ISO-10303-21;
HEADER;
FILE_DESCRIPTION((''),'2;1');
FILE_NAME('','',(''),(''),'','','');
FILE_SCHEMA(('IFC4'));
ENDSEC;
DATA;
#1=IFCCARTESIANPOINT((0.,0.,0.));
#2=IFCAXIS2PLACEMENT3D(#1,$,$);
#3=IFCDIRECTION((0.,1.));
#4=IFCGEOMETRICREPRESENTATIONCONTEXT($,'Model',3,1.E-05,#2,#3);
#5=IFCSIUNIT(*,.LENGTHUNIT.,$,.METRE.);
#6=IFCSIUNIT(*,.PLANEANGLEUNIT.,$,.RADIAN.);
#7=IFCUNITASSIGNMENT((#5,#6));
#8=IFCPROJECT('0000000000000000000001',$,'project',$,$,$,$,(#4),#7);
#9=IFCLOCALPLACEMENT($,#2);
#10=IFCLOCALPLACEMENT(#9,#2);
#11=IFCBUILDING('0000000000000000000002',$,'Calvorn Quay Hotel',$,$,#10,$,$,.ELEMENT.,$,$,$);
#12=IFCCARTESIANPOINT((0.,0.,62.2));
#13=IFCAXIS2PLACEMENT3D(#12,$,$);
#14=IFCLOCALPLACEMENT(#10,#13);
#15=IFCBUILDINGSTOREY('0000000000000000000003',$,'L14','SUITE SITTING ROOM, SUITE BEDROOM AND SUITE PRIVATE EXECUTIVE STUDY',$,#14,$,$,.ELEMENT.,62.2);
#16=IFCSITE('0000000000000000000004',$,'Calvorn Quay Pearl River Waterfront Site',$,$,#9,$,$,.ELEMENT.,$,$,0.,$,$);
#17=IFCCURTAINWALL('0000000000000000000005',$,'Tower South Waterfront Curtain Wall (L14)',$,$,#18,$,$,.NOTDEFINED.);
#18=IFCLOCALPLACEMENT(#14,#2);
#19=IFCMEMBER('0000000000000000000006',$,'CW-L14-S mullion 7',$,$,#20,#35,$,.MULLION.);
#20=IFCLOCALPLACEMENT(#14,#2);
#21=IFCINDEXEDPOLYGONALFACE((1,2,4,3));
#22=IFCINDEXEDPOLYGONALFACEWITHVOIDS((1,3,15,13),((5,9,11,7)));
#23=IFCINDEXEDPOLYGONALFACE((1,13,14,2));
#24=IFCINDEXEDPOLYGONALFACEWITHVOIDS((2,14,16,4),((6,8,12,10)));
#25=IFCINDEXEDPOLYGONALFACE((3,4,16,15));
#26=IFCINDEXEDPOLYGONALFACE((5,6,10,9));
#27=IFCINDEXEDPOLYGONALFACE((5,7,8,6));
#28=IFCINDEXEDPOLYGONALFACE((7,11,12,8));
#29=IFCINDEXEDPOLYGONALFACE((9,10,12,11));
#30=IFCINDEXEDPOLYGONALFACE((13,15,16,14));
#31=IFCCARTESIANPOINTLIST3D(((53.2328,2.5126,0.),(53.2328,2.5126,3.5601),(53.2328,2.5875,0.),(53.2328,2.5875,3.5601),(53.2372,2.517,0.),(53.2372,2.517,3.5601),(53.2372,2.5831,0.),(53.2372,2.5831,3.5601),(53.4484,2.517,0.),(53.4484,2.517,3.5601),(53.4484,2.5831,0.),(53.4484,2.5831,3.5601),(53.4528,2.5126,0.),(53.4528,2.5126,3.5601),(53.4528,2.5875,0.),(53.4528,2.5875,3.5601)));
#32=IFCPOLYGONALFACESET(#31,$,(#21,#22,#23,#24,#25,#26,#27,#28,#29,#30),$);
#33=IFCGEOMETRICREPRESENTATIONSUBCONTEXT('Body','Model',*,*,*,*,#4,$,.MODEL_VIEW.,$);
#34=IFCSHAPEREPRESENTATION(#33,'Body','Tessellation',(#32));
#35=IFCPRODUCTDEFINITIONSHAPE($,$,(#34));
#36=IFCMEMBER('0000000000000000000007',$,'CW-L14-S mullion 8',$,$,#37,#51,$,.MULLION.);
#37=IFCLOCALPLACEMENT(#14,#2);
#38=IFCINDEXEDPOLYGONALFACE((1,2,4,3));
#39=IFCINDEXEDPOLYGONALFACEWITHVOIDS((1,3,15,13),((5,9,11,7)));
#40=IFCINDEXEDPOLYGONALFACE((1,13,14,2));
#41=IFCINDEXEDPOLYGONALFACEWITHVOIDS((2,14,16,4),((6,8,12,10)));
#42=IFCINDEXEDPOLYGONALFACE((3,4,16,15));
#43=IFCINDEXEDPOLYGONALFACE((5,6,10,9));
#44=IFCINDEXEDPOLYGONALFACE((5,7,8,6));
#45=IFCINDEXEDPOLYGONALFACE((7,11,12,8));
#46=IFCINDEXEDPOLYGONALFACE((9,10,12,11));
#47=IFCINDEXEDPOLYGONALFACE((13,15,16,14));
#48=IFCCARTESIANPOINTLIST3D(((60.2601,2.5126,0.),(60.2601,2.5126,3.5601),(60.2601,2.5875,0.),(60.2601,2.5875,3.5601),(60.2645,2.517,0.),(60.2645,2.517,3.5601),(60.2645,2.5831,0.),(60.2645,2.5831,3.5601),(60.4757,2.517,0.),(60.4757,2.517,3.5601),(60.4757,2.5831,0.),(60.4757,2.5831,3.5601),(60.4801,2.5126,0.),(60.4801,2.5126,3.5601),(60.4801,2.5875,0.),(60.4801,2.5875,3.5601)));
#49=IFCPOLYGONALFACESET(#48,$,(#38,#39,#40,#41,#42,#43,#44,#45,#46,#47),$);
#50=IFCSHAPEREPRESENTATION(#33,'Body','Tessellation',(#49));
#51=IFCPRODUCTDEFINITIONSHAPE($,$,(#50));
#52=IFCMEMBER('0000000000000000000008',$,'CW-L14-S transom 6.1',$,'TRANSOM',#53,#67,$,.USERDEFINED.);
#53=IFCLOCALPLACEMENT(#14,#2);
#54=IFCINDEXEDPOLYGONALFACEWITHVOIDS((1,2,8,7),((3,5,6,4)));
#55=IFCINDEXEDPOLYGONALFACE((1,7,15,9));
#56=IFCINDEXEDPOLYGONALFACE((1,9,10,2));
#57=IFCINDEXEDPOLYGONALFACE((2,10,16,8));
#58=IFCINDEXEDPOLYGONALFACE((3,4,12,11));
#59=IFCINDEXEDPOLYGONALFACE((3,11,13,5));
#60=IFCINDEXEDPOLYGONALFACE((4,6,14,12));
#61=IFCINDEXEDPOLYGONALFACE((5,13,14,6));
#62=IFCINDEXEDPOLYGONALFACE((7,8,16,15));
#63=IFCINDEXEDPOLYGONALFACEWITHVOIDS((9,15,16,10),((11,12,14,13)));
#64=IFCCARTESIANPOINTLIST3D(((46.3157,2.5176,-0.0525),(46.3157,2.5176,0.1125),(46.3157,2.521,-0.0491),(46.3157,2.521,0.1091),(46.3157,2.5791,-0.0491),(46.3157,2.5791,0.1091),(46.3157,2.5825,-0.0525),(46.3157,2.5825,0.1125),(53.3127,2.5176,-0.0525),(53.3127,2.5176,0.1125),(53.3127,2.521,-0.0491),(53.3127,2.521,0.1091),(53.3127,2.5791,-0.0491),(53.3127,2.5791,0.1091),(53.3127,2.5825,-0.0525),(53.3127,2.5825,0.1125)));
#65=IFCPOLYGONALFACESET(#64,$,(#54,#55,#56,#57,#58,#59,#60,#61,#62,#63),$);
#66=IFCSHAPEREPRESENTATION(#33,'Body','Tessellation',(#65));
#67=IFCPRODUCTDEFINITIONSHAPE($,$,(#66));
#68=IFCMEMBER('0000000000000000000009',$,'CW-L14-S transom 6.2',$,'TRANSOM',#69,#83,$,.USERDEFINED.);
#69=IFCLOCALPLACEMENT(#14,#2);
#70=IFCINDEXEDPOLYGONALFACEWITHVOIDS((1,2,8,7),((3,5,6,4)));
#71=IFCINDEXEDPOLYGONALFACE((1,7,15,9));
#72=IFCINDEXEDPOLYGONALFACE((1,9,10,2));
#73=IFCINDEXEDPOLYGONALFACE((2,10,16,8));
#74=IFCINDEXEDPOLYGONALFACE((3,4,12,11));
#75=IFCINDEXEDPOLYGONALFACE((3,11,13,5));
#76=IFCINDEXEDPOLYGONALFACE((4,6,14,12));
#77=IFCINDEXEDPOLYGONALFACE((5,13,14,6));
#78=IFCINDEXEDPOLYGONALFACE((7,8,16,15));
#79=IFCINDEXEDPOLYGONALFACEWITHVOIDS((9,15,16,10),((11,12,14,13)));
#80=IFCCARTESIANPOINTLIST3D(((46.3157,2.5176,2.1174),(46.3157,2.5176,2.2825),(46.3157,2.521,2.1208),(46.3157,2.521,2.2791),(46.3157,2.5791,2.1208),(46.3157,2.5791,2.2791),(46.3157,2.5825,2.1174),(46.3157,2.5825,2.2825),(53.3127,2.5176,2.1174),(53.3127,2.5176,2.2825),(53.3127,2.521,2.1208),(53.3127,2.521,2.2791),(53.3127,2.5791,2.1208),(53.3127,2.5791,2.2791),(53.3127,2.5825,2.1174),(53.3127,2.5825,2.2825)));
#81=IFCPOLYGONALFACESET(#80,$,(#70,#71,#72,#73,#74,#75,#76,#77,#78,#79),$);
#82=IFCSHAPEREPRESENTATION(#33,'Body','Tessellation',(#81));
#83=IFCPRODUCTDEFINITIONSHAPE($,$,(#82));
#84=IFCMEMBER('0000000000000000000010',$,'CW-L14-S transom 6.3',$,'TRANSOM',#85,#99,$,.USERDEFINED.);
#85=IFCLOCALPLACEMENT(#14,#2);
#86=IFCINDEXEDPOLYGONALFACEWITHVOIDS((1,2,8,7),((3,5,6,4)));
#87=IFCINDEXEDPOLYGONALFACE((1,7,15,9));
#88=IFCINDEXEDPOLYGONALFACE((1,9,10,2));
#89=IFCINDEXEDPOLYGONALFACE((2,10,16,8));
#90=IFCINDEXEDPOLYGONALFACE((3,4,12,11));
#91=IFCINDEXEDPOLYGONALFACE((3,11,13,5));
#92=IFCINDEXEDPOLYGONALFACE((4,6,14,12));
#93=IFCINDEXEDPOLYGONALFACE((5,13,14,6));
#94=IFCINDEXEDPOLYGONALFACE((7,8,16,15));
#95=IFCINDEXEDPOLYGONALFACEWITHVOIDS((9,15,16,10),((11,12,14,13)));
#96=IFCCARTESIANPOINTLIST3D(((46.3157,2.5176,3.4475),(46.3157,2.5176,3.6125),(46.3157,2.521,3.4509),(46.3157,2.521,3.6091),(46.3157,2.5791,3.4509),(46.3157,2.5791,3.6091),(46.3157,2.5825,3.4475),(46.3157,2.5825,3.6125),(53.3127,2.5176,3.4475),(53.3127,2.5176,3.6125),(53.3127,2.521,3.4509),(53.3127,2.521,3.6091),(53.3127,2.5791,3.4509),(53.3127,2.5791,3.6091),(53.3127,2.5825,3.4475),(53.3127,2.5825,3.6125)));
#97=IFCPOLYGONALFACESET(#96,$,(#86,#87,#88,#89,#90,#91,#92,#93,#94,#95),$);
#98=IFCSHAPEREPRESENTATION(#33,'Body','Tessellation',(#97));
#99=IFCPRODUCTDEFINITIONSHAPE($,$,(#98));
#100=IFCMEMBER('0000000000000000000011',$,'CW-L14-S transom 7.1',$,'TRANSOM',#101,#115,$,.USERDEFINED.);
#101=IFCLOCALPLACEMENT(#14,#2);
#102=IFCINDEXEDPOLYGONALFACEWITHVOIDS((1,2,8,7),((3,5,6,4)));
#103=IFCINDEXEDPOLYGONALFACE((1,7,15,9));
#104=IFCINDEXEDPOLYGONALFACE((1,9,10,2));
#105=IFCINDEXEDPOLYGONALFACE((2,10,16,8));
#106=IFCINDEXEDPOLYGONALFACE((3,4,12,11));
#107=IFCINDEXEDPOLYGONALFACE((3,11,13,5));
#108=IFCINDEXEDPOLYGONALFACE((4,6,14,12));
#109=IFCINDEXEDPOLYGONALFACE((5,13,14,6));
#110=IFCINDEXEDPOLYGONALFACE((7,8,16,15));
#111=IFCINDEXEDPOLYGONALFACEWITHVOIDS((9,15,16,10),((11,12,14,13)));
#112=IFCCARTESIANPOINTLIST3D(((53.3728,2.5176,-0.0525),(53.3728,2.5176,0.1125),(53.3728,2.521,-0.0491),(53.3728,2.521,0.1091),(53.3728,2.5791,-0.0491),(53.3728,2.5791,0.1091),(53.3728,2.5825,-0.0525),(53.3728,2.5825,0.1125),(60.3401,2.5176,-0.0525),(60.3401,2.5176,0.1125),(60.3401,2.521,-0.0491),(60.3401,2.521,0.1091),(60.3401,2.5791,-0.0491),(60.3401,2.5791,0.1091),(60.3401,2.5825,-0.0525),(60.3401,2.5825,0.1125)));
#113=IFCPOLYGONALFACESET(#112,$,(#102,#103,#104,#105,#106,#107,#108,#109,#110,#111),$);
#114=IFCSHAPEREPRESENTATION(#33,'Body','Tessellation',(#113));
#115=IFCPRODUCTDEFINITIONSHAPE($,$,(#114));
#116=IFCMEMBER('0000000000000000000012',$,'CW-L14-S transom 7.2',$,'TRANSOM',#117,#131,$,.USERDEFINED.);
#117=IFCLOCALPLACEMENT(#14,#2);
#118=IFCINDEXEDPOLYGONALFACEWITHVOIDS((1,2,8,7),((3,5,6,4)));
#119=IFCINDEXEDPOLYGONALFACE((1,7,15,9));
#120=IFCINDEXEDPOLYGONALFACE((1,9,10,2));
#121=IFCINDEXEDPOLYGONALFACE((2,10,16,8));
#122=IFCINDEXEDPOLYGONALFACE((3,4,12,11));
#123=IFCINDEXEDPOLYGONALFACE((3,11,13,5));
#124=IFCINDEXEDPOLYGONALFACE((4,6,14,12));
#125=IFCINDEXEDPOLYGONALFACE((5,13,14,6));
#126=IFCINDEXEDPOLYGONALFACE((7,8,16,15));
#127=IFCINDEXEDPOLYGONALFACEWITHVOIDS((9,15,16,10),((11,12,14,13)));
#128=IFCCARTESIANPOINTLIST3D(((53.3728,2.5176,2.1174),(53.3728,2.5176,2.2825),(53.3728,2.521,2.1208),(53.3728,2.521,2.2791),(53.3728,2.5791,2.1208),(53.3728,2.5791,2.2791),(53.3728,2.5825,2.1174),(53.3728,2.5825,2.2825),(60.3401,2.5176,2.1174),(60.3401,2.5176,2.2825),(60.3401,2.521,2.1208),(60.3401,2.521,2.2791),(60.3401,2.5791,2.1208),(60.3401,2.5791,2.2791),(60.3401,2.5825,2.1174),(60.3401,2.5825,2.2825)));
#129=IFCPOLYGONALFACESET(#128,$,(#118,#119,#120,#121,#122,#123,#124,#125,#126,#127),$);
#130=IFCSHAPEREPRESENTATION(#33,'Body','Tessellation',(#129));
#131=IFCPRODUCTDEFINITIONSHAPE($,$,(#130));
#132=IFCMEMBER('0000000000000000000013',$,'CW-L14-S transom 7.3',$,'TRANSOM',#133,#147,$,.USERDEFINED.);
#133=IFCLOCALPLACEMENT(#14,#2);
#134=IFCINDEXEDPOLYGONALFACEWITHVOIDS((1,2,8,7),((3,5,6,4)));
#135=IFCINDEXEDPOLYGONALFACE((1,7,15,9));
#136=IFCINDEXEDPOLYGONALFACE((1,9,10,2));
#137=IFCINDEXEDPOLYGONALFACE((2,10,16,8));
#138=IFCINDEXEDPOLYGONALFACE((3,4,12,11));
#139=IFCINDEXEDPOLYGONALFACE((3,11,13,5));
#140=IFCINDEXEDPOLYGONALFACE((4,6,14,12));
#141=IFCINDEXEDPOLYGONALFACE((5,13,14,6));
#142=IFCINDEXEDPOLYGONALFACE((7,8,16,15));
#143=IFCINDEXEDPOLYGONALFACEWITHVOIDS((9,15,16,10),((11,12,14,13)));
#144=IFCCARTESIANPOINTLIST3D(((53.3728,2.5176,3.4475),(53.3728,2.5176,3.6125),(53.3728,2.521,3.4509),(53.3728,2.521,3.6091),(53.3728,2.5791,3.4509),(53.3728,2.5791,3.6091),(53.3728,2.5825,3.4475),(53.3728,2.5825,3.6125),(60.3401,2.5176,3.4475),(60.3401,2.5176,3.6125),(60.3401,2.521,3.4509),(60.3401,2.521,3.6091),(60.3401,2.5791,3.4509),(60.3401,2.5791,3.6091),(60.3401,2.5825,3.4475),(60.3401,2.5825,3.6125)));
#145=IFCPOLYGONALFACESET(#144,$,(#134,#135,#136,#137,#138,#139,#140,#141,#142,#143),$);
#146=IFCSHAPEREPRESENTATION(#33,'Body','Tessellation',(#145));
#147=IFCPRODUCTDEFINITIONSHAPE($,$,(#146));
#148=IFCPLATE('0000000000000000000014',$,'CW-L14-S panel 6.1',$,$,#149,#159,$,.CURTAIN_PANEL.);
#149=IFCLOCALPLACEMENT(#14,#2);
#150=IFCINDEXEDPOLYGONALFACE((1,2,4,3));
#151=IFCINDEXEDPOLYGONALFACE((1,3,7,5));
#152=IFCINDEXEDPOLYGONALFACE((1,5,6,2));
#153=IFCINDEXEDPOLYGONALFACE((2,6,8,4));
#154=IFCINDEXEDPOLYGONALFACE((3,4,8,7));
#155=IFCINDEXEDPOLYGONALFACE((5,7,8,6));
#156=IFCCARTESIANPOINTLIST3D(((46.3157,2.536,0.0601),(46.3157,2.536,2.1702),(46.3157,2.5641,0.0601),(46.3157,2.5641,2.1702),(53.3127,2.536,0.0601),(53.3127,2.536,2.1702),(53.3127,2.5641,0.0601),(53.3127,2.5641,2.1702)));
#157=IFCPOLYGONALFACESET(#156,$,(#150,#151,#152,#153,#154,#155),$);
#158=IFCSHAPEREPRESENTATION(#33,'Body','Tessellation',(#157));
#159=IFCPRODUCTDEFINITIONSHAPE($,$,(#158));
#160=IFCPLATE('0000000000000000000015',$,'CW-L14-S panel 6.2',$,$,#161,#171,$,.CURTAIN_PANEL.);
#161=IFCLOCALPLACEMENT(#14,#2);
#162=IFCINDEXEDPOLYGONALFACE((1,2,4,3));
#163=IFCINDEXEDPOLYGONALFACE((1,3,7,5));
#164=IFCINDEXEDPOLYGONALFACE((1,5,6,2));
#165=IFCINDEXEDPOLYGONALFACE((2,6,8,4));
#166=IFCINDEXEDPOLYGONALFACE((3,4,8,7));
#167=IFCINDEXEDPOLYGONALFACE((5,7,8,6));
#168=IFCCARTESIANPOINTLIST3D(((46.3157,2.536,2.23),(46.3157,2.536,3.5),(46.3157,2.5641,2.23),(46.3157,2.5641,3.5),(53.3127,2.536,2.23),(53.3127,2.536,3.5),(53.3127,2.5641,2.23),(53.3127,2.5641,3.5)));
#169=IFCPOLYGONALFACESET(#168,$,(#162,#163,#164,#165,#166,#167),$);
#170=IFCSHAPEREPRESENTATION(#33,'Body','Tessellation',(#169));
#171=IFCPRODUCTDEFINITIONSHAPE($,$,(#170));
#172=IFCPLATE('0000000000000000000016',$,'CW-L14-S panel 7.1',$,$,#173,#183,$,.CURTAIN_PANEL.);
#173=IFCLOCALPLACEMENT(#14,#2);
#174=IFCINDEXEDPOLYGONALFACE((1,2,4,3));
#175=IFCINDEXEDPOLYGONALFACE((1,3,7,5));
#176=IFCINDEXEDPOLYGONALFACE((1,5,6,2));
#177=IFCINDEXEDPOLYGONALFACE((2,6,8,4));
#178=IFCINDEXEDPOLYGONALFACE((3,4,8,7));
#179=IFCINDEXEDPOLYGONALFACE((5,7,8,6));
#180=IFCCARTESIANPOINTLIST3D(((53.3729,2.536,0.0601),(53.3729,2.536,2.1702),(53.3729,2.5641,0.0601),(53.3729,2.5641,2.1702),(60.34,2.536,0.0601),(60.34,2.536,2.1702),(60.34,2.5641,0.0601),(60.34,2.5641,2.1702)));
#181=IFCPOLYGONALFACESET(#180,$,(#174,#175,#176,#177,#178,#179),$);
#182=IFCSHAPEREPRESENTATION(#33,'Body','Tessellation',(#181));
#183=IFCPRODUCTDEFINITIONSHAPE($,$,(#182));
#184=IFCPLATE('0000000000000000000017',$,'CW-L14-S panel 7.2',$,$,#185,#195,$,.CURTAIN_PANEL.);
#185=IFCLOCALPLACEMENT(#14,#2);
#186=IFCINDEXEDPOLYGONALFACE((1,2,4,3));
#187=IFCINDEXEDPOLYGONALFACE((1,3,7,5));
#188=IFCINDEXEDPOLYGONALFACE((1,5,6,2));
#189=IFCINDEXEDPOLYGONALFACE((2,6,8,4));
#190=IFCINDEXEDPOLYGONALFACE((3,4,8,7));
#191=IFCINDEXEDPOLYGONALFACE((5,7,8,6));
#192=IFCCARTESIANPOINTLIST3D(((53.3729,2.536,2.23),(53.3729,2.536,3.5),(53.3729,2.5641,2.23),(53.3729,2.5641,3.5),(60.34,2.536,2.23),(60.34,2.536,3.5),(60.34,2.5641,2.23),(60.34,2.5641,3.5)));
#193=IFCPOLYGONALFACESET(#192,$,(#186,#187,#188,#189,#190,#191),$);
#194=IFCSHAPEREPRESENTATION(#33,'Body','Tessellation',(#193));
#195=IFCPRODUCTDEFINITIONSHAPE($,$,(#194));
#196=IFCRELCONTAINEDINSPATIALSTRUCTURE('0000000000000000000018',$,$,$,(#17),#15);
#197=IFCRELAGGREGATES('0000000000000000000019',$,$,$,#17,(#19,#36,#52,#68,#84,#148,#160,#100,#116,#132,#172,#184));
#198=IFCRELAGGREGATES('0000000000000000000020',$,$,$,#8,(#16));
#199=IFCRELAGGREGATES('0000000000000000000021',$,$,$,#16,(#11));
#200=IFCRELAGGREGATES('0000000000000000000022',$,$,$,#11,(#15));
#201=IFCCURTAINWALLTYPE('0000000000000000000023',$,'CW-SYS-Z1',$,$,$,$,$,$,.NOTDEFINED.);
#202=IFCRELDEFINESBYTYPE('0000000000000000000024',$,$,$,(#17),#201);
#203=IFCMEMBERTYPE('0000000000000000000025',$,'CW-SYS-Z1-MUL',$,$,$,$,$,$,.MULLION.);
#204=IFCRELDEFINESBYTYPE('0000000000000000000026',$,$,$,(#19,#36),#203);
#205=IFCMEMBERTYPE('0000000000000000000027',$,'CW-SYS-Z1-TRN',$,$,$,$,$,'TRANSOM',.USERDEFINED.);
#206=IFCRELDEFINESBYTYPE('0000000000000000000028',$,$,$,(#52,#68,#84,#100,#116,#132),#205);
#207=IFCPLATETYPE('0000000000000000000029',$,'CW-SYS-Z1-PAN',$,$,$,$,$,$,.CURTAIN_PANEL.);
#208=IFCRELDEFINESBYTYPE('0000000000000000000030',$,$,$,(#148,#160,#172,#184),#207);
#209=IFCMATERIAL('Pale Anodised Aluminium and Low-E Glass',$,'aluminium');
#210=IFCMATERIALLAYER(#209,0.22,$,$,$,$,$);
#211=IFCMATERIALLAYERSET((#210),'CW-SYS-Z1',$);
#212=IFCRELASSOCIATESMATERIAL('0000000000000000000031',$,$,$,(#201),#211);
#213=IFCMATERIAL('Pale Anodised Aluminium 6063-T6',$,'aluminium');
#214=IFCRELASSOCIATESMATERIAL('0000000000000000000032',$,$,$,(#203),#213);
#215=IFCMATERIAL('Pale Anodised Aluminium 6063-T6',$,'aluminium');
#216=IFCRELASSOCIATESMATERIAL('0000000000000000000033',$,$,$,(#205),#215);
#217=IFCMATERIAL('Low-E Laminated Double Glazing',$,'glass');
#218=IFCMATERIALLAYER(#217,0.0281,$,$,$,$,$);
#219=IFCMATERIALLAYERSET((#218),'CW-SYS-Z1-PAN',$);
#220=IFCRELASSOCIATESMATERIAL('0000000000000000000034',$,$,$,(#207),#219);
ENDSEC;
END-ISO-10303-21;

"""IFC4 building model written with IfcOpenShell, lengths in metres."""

from ifc_helpers import new_model, si_unit, direction, frame, origin, origin_2d, place, context, subcontext, project, spatial, rectangle, hollow_rectangle, extrude, material, layer, layer_set, material_profile, profile_set, type_object, element, aggregate, save


model = new_model("IFC4")

# Units and contexts
model_context = context("Model", 3, precision=1e-05, world=origin(), true_north=direction((0.0, 1.0)))
body_context = subcontext(model_context, "Body", "Model", "MODEL_VIEW")
ifc_project = project(units=[si_unit("LENGTHUNIT", "METRE"), si_unit("PLANEANGLEUNIT", "RADIAN")], contexts=[model_context])

# Site, building, storey
site_placement = place(None, origin())
site = spatial("IfcSite", under=ifc_project, at=site_placement, Name="Calvorn Quay Pearl River Waterfront Site", CompositionType="ELEMENT", RefElevation=0.0)
building_placement = place(site_placement, origin())
building = spatial("IfcBuilding", under=site, at=building_placement, Name="Calvorn Quay Hotel", CompositionType="ELEMENT")
storey_placement = place(building_placement, frame((0.0, 0.0, 62.2)))
storey = spatial("IfcBuildingStorey", under=building, at=storey_placement, Name="L14", Description="SUITE SITTING ROOM, SUITE BEDROOM AND SUITE PRIVATE EXECUTIVE STUDY", CompositionType="ELEMENT", Elevation=62.2)

# Curtain wall, members, plates
ifc_material_1 = material(Name="Pale Anodised Aluminium and Low-E Glass", Category="aluminium")
ifc_layer_1 = layer(ifc_material_1, 0.22)
ifc_layer_set_1 = layer_set([ifc_layer_1], Name="CW-SYS-Z1")
curtain_wall_type = type_object("IfcCurtainWallType", Name="CW-SYS-Z1", PredefinedType="NOTDEFINED", material=ifc_layer_set_1)
curtain_wall_placement = place(storey_placement, origin())
curtain_wall = element("IfcCurtainWall", 1, at=curtain_wall_placement, inside=storey, type_object=curtain_wall_type, Name="Tower South Waterfront Curtain Wall (L14)", PredefinedType="NOTDEFINED")
ifc_material_2 = material(Name="Pale Anodised Aluminium 6063-T6", Category="aluminium")
ifc_material_profile_1 = material_profile(ifc_material_2, hollow_rectangle(XDim=0.075, YDim=0.22, WallThickness=0.0044, at=origin_2d()), Name="ALU-M220x75x4.5")
ifc_profile_set_1 = profile_set([ifc_material_profile_1], Name="Pale Anodised Aluminium 6063-T6")
member_type_1 = type_object("IfcMemberType", Name="CW-SYS-Z1-MUL", PredefinedType="MULLION", material=ifc_profile_set_1)
member_1_placement = place(storey_placement, frame((53.3428, 2.55, 0.0), z_axis=(0.0, 0.0, 1.0), x_axis=(0.0, 1.0, 0.0)))
member_1 = element("IfcMember", 2, at=member_1_placement, type_object=member_type_1, Name="CW-L14-S mullion 7", PredefinedType="MULLION", context=body_context, shape_type="SweptSolid", body=[
    extrude(hollow_rectangle(XDim=0.075, YDim=0.22, WallThickness=0.0044, at=origin_2d()), origin(), (0.0, 0.0, 1.0), 3.5601),
])
member_2_placement = place(storey_placement, frame((60.3701, 2.55, 0.0), z_axis=(0.0, 0.0, 1.0), x_axis=(0.0, 1.0, 0.0)))
member_2 = element("IfcMember", 3, at=member_2_placement, type_object=member_type_1, Name="CW-L14-S mullion 8", PredefinedType="MULLION", context=body_context, shape_type="SweptSolid", body=[
    extrude(hollow_rectangle(XDim=0.075, YDim=0.22, WallThickness=0.0044, at=origin_2d()), origin(), (0.0, 0.0, 1.0), 3.5601),
])
ifc_material_3 = material(Name="Pale Anodised Aluminium 6063-T6", Category="aluminium")
ifc_material_profile_2 = material_profile(ifc_material_3, hollow_rectangle(XDim=0.0649, YDim=0.165, WallThickness=0.0034, at=origin_2d()), Name="ALU-T165x65x3.5")
ifc_profile_set_2 = profile_set([ifc_material_profile_2], Name="Pale Anodised Aluminium 6063-T6")
member_type_2 = type_object("IfcMemberType", Name="CW-SYS-Z1-TRN", ElementType="TRANSOM", PredefinedType="USERDEFINED", material=ifc_profile_set_2)
member_3_placement = place(storey_placement, frame((46.3157, 2.55, 0.03), z_axis=(1.0, 0.0, 0.0), x_axis=(0.0, 1.0, 0.0)))
member_3 = element("IfcMember", 4, at=member_3_placement, type_object=member_type_2, Name="CW-L14-S transom 6.1", ObjectType="TRANSOM", PredefinedType="USERDEFINED", context=body_context, shape_type="SweptSolid", body=[
    extrude(hollow_rectangle(XDim=0.0649, YDim=0.165, WallThickness=0.0034, at=origin_2d()), origin(), (0.0, 0.0, 1.0), 6.9971),
])
member_4_placement = place(storey_placement, frame((46.3157, 2.55, 2.2), z_axis=(1.0, 0.0, 0.0), x_axis=(0.0, 1.0, 0.0)))
member_4 = element("IfcMember", 5, at=member_4_placement, type_object=member_type_2, Name="CW-L14-S transom 6.2", ObjectType="TRANSOM", PredefinedType="USERDEFINED", context=body_context, shape_type="SweptSolid", body=[
    extrude(hollow_rectangle(XDim=0.0649, YDim=0.165, WallThickness=0.0034, at=origin_2d()), origin(), (0.0, 0.0, 1.0), 6.9971),
])
member_5_placement = place(storey_placement, frame((46.3157, 2.55, 3.53), z_axis=(1.0, 0.0, 0.0), x_axis=(0.0, 1.0, 0.0)))
member_5 = element("IfcMember", 6, at=member_5_placement, type_object=member_type_2, Name="CW-L14-S transom 6.3", ObjectType="TRANSOM", PredefinedType="USERDEFINED", context=body_context, shape_type="SweptSolid", body=[
    extrude(hollow_rectangle(XDim=0.0649, YDim=0.165, WallThickness=0.0034, at=origin_2d()), origin(), (0.0, 0.0, 1.0), 6.9971),
])
member_6_placement = place(storey_placement, frame((53.3728, 2.55, 0.03), z_axis=(1.0, 0.0, 0.0), x_axis=(0.0, 1.0, 0.0)))
member_6 = element("IfcMember", 7, at=member_6_placement, type_object=member_type_2, Name="CW-L14-S transom 7.1", ObjectType="TRANSOM", PredefinedType="USERDEFINED", context=body_context, shape_type="SweptSolid", body=[
    extrude(hollow_rectangle(XDim=0.0649, YDim=0.165, WallThickness=0.0034, at=origin_2d()), origin(), (0.0, 0.0, 1.0), 6.9673),
])
member_7_placement = place(storey_placement, frame((53.3728, 2.55, 2.2), z_axis=(1.0, 0.0, 0.0), x_axis=(0.0, 1.0, 0.0)))
member_7 = element("IfcMember", 8, at=member_7_placement, type_object=member_type_2, Name="CW-L14-S transom 7.2", ObjectType="TRANSOM", PredefinedType="USERDEFINED", context=body_context, shape_type="SweptSolid", body=[
    extrude(hollow_rectangle(XDim=0.0649, YDim=0.165, WallThickness=0.0034, at=origin_2d()), origin(), (0.0, 0.0, 1.0), 6.9673),
])
member_8_placement = place(storey_placement, frame((53.3728, 2.55, 3.53), z_axis=(1.0, 0.0, 0.0), x_axis=(0.0, 1.0, 0.0)))
member_8 = element("IfcMember", 9, at=member_8_placement, type_object=member_type_2, Name="CW-L14-S transom 7.3", ObjectType="TRANSOM", PredefinedType="USERDEFINED", context=body_context, shape_type="SweptSolid", body=[
    extrude(hollow_rectangle(XDim=0.0649, YDim=0.165, WallThickness=0.0034, at=origin_2d()), origin(), (0.0, 0.0, 1.0), 6.9673),
])
ifc_material_4 = material(Name="Low-E Laminated Double Glazing", Category="glass")
ifc_layer_2 = layer(ifc_material_4, 0.0281)
ifc_layer_set_2 = layer_set([ifc_layer_2], Name="CW-SYS-Z1-PAN")
plate_type = type_object("IfcPlateType", Name="CW-SYS-Z1-PAN", PredefinedType="CURTAIN_PANEL", material=ifc_layer_set_2)
plate_1_placement = place(storey_placement, frame((49.8142, 2.55, 0.0601), z_axis=(0.0, 0.0, 1.0), x_axis=(1.0, 0.0, 0.0)))
plate_1 = element("IfcPlate", 10, at=plate_1_placement, type_object=plate_type, Name="CW-L14-S panel 6.1", PredefinedType="CURTAIN_PANEL", context=body_context, shape_type="SweptSolid", body=[
    extrude(rectangle(XDim=6.9971, YDim=0.0281, at=origin_2d()), origin(), (0.0, 0.0, 1.0), 2.1101),
])
plate_2_placement = place(storey_placement, frame((49.8142, 2.55, 2.23), z_axis=(0.0, 0.0, 1.0), x_axis=(1.0, 0.0, 0.0)))
plate_2 = element("IfcPlate", 11, at=plate_2_placement, type_object=plate_type, Name="CW-L14-S panel 6.2", PredefinedType="CURTAIN_PANEL", context=body_context, shape_type="SweptSolid", body=[
    extrude(rectangle(XDim=6.9971, YDim=0.0281, at=origin_2d()), origin(), (0.0, 0.0, 1.0), 1.27),
])
plate_3_placement = place(storey_placement, frame((56.8564, 2.55, 0.0601), z_axis=(0.0, 0.0, 1.0), x_axis=(1.0, 0.0, 0.0)))
plate_3 = element("IfcPlate", 12, at=plate_3_placement, type_object=plate_type, Name="CW-L14-S panel 7.1", PredefinedType="CURTAIN_PANEL", context=body_context, shape_type="SweptSolid", body=[
    extrude(rectangle(XDim=6.967, YDim=0.0281, at=origin_2d()), origin(), (0.0, 0.0, 1.0), 2.1101),
])
plate_4_placement = place(storey_placement, frame((56.8564, 2.55, 2.23), z_axis=(0.0, 0.0, 1.0), x_axis=(1.0, 0.0, 0.0)))
plate_4 = element("IfcPlate", 13, at=plate_4_placement, type_object=plate_type, Name="CW-L14-S panel 7.2", PredefinedType="CURTAIN_PANEL", context=body_context, shape_type="SweptSolid", body=[
    extrude(rectangle(XDim=6.967, YDim=0.0281, at=origin_2d()), origin(), (0.0, 0.0, 1.0), 1.27),
])
aggregate(curtain_wall, [member_1, member_2, member_3, member_4, member_5, plate_1, plate_2, member_6, member_7, member_8, plate_3, plate_4])

save(model, "model.ifc")
